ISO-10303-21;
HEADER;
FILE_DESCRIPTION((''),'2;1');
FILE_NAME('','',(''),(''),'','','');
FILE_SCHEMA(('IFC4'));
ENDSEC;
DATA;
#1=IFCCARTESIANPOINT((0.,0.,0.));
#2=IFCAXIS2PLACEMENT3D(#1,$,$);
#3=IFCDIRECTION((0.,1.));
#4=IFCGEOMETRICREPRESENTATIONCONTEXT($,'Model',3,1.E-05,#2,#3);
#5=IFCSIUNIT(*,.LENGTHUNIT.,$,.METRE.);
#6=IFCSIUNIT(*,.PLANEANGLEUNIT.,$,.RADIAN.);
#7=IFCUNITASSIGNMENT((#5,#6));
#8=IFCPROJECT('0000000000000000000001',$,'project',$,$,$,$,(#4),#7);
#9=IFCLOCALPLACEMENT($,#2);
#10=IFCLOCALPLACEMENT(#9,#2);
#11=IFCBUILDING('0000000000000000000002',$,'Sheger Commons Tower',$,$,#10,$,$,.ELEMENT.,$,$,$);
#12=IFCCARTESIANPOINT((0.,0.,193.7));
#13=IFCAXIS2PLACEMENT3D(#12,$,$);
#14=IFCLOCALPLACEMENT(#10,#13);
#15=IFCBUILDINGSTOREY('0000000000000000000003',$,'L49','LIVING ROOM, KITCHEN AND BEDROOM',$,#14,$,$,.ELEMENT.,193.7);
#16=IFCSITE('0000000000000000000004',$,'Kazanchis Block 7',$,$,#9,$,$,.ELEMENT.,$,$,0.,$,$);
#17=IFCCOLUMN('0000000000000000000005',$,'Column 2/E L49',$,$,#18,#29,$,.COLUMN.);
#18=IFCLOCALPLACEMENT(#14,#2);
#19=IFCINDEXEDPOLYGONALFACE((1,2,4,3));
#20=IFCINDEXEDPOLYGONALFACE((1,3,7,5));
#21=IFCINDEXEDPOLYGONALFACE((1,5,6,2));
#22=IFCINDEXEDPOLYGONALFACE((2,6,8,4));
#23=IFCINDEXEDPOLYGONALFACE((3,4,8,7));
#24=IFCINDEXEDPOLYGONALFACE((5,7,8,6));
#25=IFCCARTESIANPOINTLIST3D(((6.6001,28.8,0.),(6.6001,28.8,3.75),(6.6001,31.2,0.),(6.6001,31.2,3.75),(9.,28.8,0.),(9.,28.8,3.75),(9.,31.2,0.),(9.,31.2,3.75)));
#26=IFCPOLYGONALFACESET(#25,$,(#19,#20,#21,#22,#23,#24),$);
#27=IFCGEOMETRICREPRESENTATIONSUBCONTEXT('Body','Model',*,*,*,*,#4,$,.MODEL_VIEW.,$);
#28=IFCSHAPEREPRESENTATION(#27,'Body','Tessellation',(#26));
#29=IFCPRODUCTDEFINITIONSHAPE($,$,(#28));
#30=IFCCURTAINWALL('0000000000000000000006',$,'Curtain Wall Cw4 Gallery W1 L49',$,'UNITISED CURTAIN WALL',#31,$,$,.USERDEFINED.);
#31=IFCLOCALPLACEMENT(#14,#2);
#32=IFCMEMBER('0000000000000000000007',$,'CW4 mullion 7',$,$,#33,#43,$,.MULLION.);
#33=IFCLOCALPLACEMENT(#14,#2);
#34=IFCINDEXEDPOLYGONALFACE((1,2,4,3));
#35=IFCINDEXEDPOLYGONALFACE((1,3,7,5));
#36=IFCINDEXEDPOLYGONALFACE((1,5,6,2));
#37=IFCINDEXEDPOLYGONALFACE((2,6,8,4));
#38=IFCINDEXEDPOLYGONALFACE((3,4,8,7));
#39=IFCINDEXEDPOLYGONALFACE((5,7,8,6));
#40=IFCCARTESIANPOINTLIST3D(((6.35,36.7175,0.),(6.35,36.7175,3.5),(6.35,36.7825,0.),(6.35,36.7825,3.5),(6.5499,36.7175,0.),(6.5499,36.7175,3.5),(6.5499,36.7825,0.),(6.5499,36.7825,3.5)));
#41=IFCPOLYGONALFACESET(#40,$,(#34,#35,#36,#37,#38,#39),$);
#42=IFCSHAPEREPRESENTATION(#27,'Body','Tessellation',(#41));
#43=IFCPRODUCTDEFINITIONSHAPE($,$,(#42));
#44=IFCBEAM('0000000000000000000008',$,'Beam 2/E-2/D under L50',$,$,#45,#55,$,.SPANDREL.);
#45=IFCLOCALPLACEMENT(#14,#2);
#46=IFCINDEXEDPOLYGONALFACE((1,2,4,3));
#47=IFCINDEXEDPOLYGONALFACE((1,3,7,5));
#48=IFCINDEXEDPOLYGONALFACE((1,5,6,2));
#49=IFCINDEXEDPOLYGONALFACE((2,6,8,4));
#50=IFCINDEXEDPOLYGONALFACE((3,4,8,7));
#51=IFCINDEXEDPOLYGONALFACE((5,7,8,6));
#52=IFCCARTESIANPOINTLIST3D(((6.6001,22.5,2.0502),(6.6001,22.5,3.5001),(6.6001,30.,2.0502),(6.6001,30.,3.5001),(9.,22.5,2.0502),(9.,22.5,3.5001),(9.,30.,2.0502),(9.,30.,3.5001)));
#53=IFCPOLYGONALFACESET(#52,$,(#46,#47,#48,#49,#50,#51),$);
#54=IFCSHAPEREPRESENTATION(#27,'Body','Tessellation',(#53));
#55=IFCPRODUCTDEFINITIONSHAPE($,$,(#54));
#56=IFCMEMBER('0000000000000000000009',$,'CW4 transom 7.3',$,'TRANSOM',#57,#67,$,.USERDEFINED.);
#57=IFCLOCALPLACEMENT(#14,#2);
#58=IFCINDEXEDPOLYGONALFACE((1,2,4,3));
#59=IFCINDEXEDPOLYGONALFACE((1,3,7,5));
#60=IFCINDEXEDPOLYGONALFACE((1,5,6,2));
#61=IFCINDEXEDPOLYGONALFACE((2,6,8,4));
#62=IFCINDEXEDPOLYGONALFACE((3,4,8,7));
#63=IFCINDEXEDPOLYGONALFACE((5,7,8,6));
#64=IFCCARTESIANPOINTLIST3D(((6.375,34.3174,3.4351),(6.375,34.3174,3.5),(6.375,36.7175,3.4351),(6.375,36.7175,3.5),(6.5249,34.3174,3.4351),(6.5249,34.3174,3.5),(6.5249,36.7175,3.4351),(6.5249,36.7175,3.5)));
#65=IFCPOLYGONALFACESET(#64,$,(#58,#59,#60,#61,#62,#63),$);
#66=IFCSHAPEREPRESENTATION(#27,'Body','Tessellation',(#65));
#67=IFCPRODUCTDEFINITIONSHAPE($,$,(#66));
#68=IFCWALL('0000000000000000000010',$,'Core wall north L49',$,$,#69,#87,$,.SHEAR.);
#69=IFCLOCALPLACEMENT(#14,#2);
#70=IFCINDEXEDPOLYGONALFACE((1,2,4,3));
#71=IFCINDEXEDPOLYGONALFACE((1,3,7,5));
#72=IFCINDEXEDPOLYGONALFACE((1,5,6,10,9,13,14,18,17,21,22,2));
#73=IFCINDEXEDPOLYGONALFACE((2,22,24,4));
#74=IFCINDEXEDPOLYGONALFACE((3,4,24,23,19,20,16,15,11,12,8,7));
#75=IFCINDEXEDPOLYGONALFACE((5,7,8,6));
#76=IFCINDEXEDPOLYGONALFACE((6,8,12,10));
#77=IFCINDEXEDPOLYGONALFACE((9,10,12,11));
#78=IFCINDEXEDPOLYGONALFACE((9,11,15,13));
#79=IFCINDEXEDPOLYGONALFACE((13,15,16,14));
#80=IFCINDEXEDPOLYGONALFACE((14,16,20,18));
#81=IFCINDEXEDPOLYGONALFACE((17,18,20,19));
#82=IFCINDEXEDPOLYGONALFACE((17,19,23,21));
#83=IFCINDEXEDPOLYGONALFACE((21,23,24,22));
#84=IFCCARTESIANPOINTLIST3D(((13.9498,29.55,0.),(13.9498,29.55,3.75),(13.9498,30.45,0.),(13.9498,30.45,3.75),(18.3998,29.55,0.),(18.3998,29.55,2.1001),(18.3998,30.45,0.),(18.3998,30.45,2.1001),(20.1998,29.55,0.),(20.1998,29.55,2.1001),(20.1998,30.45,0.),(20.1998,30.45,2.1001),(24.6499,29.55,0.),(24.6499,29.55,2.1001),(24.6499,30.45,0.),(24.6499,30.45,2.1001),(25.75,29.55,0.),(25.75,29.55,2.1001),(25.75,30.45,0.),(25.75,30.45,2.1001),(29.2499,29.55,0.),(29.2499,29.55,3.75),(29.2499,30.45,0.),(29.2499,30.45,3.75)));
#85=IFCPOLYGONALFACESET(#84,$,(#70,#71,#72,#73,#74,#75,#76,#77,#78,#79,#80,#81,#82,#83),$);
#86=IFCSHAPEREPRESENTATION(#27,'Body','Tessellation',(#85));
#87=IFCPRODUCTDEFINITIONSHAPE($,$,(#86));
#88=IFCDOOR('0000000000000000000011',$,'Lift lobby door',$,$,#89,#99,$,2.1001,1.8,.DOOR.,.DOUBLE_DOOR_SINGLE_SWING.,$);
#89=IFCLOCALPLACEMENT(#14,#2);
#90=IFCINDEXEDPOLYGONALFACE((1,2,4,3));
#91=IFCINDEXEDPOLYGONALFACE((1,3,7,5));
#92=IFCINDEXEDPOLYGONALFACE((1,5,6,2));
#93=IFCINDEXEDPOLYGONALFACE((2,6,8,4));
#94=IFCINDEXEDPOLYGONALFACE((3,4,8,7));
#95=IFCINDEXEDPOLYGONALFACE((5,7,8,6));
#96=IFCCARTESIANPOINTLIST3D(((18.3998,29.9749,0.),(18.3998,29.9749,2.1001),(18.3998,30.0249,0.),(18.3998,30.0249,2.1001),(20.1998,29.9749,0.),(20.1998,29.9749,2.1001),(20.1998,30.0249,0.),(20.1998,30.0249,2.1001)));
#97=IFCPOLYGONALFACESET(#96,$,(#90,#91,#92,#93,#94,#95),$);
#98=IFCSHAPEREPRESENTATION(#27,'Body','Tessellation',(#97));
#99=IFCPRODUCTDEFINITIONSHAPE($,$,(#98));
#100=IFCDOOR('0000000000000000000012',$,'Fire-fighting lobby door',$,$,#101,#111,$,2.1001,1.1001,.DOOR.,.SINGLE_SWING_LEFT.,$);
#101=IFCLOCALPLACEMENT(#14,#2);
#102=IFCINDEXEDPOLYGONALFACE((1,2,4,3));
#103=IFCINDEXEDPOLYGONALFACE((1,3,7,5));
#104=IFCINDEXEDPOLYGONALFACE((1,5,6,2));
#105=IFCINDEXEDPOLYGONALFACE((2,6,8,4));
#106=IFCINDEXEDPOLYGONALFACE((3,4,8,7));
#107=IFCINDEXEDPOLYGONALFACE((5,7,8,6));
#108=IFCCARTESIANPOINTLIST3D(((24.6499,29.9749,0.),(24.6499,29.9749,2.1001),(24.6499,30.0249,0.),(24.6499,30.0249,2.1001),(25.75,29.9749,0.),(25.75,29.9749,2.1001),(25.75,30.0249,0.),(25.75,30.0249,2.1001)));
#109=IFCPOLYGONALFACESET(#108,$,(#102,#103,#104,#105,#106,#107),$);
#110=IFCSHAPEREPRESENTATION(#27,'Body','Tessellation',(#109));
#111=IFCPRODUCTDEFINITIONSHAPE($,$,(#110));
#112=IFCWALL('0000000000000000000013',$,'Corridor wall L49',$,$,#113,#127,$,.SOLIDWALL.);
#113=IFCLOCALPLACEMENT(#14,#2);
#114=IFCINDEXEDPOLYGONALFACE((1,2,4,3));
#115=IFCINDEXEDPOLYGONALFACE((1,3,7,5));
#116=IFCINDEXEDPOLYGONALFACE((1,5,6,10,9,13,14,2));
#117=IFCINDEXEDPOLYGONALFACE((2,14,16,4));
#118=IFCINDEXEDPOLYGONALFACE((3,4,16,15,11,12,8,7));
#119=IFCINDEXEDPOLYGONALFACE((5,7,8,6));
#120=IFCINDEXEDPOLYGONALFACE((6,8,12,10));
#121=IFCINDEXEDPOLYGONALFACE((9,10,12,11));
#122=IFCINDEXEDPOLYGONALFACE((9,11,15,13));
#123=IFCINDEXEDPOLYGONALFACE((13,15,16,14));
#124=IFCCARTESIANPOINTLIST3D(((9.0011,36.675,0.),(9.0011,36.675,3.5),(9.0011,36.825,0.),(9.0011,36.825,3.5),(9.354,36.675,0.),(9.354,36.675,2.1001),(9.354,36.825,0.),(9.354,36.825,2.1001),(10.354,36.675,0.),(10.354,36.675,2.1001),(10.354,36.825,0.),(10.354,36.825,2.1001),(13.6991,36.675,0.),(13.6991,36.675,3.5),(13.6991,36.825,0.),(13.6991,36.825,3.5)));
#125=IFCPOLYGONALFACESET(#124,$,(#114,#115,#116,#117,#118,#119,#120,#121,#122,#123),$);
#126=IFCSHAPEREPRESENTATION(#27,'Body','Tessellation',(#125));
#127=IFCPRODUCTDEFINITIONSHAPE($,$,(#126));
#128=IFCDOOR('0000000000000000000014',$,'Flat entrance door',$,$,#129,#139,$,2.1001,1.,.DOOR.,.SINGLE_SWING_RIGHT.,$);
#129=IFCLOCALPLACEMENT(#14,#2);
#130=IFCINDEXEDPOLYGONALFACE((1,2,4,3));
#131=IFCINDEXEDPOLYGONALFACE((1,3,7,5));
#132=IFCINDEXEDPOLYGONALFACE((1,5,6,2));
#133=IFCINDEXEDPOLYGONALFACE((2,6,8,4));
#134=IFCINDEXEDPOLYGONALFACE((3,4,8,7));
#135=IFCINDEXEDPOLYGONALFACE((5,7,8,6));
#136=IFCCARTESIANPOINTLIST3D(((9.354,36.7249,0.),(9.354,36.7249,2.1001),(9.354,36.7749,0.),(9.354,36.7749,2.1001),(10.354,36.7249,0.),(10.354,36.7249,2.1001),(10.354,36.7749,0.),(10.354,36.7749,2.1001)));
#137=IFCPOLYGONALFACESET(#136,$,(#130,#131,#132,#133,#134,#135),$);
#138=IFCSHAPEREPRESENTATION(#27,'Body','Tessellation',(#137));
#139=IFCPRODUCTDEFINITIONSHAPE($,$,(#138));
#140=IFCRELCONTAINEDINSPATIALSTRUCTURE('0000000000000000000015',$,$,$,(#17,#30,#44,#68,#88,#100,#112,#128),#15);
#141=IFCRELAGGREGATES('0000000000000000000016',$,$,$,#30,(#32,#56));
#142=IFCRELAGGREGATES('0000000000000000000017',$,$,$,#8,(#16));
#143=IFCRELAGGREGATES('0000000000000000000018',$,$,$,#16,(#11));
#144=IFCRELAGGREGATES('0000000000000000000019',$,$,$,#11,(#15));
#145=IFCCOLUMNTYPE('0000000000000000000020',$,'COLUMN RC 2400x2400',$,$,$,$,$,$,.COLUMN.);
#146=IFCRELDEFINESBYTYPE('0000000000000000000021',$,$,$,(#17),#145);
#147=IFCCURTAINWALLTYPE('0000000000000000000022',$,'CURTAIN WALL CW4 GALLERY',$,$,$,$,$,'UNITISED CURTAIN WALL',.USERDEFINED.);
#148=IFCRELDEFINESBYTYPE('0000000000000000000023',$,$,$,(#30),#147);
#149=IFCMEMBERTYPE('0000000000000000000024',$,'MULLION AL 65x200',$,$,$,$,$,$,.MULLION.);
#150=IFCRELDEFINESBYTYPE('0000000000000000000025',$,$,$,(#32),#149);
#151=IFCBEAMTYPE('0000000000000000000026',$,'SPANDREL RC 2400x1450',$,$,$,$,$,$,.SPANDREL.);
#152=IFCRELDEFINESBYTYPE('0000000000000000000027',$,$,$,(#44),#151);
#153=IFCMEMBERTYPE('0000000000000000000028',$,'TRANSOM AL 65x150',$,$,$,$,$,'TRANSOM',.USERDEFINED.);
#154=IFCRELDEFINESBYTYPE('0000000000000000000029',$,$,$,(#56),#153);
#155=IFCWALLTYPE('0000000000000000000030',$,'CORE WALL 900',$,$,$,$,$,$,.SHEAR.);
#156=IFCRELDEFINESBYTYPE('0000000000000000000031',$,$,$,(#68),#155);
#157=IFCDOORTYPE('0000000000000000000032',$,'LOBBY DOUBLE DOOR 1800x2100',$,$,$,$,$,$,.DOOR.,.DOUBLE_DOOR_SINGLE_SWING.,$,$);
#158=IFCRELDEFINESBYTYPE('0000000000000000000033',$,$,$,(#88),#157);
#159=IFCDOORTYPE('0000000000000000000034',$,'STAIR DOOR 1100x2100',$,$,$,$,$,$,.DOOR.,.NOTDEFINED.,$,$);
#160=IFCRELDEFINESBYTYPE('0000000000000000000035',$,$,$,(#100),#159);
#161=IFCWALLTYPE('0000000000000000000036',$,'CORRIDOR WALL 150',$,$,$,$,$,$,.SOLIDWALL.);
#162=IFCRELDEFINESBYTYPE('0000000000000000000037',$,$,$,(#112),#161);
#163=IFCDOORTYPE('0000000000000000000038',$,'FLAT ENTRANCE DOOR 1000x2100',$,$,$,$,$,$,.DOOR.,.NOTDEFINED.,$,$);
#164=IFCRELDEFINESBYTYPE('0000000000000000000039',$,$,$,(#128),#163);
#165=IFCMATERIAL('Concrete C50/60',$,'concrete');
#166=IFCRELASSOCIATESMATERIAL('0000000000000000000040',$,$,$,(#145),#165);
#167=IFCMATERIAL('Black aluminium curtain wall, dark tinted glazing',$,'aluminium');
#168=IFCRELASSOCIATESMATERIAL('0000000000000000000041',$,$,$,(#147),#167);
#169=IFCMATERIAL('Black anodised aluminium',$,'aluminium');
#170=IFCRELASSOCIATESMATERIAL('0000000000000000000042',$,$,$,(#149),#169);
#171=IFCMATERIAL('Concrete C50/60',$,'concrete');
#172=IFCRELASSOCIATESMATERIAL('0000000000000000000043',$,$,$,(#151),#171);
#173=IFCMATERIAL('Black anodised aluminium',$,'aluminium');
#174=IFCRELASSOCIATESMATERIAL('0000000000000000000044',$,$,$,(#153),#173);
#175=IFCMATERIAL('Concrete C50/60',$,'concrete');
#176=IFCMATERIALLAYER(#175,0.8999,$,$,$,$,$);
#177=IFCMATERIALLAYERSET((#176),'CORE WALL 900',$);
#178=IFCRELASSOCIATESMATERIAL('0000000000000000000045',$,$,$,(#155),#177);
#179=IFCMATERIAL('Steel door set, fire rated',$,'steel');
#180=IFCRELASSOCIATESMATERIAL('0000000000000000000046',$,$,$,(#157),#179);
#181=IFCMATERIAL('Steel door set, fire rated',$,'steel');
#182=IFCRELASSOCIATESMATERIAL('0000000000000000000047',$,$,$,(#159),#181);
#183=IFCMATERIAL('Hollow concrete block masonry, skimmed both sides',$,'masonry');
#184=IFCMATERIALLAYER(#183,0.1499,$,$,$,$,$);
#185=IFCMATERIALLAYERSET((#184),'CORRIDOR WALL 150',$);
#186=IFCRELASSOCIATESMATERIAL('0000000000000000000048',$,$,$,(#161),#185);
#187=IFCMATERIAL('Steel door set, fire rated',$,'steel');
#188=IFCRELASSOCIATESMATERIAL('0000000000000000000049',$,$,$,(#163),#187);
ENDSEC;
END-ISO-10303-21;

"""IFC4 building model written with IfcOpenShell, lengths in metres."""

from ifc_helpers import new_model, si_unit, direction, frame, frame_2d, origin, origin_2d, place, context, subcontext, project, spatial, rectangle, extrude, material, layer, layer_set, material_profile, profile_set, type_object, element, fill, aggregate, save


model = new_model("IFC4")

# Units and contexts
model_context = context("Model", 3, precision=1e-05, world=origin(), true_north=direction((0.0, 1.0)))
body_context = subcontext(model_context, "Body", "Model", "MODEL_VIEW")
ifc_project = project(units=[si_unit("LENGTHUNIT", "METRE"), si_unit("PLANEANGLEUNIT", "RADIAN")], contexts=[model_context])

# Site, building, storey
site_placement = place(None, origin())
site = spatial("IfcSite", under=ifc_project, at=site_placement, Name="Kazanchis Block 7", CompositionType="ELEMENT", RefElevation=0.0)
building_placement = place(site_placement, origin())
building = spatial("IfcBuilding", under=site, at=building_placement, Name="Sheger Commons Tower", CompositionType="ELEMENT")
storey_placement = place(building_placement, frame((0.0, 0.0, 193.7)))
storey = spatial("IfcBuildingStorey", under=building, at=storey_placement, Name="L49", Description="LIVING ROOM, KITCHEN AND BEDROOM", CompositionType="ELEMENT", Elevation=193.7)

# Column
ifc_material_1 = material(Name="Concrete C50/60", Category="concrete")
ifc_material_profile_1 = material_profile(ifc_material_1, rectangle(XDim=2.3999, YDim=2.3999, at=origin_2d()), Name="RC 2400x2400")
ifc_profile_set_1 = profile_set([ifc_material_profile_1], Name="Concrete C50/60")
column_type = type_object("IfcColumnType", Name="COLUMN RC 2400x2400", PredefinedType="COLUMN", material=ifc_profile_set_1)
column_placement = place(storey_placement, frame((7.8, 30.0, 0.0), z_axis=(0.0, 0.0, 1.0), x_axis=(1.0, 0.0, 0.0)))
element("IfcColumn", 1, at=column_placement, inside=storey, type_object=column_type, Name="Column 2/E L49", PredefinedType="COLUMN", context=body_context, shape_type="SweptSolid", body=[
    extrude(rectangle(XDim=2.3999, YDim=2.3999, at=origin_2d()), origin(), (0.0, 0.0, 1.0), 3.75),
])

# Curtain wall, member
ifc_material_2 = material(Name="Black aluminium curtain wall, dark tinted glazing", Category="aluminium")
curtain_wall_type = type_object("IfcCurtainWallType", Name="CURTAIN WALL CW4 GALLERY", ElementType="UNITISED CURTAIN WALL", PredefinedType="USERDEFINED", material=ifc_material_2)
curtain_wall_placement = place(storey_placement, origin())
curtain_wall = element("IfcCurtainWall", 2, at=curtain_wall_placement, inside=storey, type_object=curtain_wall_type, Name="Curtain Wall Cw4 Gallery W1 L49", ObjectType="UNITISED CURTAIN WALL", PredefinedType="USERDEFINED")
ifc_material_3 = material(Name="Black anodised aluminium", Category="aluminium")
ifc_material_profile_2 = material_profile(ifc_material_3, rectangle(XDim=0.2, YDim=0.0649, at=origin_2d()), Name="AL 65x200")
ifc_profile_set_2 = profile_set([ifc_material_profile_2], Name="Black anodised aluminium")
member_type_1 = type_object("IfcMemberType", Name="MULLION AL 65x200", PredefinedType="MULLION", material=ifc_profile_set_2)
member_1_placement = place(storey_placement, frame((6.45, 36.75, 0.0), z_axis=(0.0, 0.0, 1.0), x_axis=(1.0, 0.0, 0.0)))
member_1 = element("IfcMember", 3, at=member_1_placement, type_object=member_type_1, Name="CW4 mullion 7", PredefinedType="MULLION", context=body_context, shape_type="SweptSolid", body=[
    extrude(rectangle(XDim=0.2, YDim=0.0649, at=origin_2d()), origin(), (0.0, 0.0, 1.0), 3.5),
])

# Beam
ifc_material_4 = material(Name="Concrete C50/60", Category="concrete")
ifc_material_profile_3 = material_profile(ifc_material_4, rectangle(XDim=2.3999, YDim=1.45, at=origin_2d()), Name="RC 2400x1450")
ifc_profile_set_3 = profile_set([ifc_material_profile_3], Name="Concrete C50/60")
beam_type = type_object("IfcBeamType", Name="SPANDREL RC 2400x1450", PredefinedType="SPANDREL", material=ifc_profile_set_3)
beam_placement = place(storey_placement, frame((7.8, 30.0, 2.7751), z_axis=(0.0, -1.0, 0.0), x_axis=(1.0, 0.0, 0.0)))
element("IfcBeam", 4, at=beam_placement, inside=storey, type_object=beam_type, Name="Beam 2/E-2/D under L50", PredefinedType="SPANDREL", context=body_context, shape_type="SweptSolid", body=[
    extrude(rectangle(XDim=2.3999, YDim=1.45, at=origin_2d()), origin(), (0.0, 0.0, 1.0), 7.5),
])

# Member
ifc_material_5 = material(Name="Black anodised aluminium", Category="aluminium")
ifc_material_profile_4 = material_profile(ifc_material_5, rectangle(XDim=0.1499, YDim=0.0649, at=origin_2d()), Name="AL 65x150")
ifc_profile_set_4 = profile_set([ifc_material_profile_4], Name="Black anodised aluminium")
member_type_2 = type_object("IfcMemberType", Name="TRANSOM AL 65x150", ElementType="TRANSOM", PredefinedType="USERDEFINED", material=ifc_profile_set_4)
member_2_placement = place(storey_placement, frame((6.45, 36.7175, 3.4675), z_axis=(0.0, -1.0, 0.0), x_axis=(1.0, 0.0, 0.0)))
member_2 = element("IfcMember", 5, at=member_2_placement, type_object=member_type_2, Name="CW4 transom 7.3", ObjectType="TRANSOM", PredefinedType="USERDEFINED", context=body_context, shape_type="SweptSolid", body=[
    extrude(rectangle(XDim=0.1499, YDim=0.0649, at=origin_2d()), origin(), (0.0, 0.0, 1.0), 2.4001),
])
aggregate(curtain_wall, [member_1, member_2])

# Wall, openings, doors
ifc_material_6 = material(Name="Concrete C50/60", Category="concrete")
ifc_layer_1 = layer(ifc_material_6, 0.8999)
ifc_layer_set_1 = layer_set([ifc_layer_1], Name="CORE WALL 900")
wall_type_1 = type_object("IfcWallType", Name="CORE WALL 900", PredefinedType="SHEAR", material=ifc_layer_set_1)
wall_1_placement = place(storey_placement, frame((13.95, 30.0, 0.0), z_axis=(0.0, 0.0, 1.0), x_axis=(1.0, 0.0, 0.0)))
wall_1 = element("IfcWall", 6, at=wall_1_placement, inside=storey, type_object=wall_type_1, Name="Core wall north L49", PredefinedType="SHEAR", context=body_context, shape_type="SweptSolid", body=[
    extrude(rectangle(XDim=15.3, YDim=0.8999, at=frame_2d((7.6499, 0.0))), origin(), (0.0, 0.0, 1.0), 3.75),
])
opening_1_placement = place(wall_1_placement, frame((4.45, 0.0, 0.0)))
opening_1 = element("IfcOpeningElement", 7, at=opening_1_placement, cuts=wall_1, PredefinedType="OPENING", context=body_context, shape_type="SweptSolid", body=[
    extrude(rectangle(XDim=1.8, YDim=2.1001, at=frame_2d((0.8999, 1.05))), frame((0.0, 0.46, 0.0), z_axis=(0.0, -1.0, 0.0), x_axis=(1.0, 0.0, 0.0)), (0.0, 0.0, 1.0), 0.9199),
])
opening_2_placement = place(wall_1_placement, frame((10.7, 0.0, 0.0)))
opening_2 = element("IfcOpeningElement", 8, at=opening_2_placement, cuts=wall_1, PredefinedType="OPENING", context=body_context, shape_type="SweptSolid", body=[
    extrude(rectangle(XDim=1.1001, YDim=2.1001, at=frame_2d((0.55, 1.05))), frame((0.0, 0.46, 0.0), z_axis=(0.0, -1.0, 0.0), x_axis=(1.0, 0.0, 0.0)), (0.0, 0.0, 1.0), 0.9199),
])
ifc_material_7 = material(Name="Steel door set, fire rated", Category="steel")
door_type_1 = type_object("IfcDoorType", Name="LOBBY DOUBLE DOOR 1800x2100", OperationType="DOUBLE_DOOR_SINGLE_SWING", PredefinedType="DOOR", material=ifc_material_7)
door_1_placement = place(opening_1_placement, origin())
door_1 = element("IfcDoor", 9, at=door_1_placement, inside=storey, type_object=door_type_1, Name="Lift lobby door", OperationType="DOUBLE_DOOR_SINGLE_SWING", OverallHeight=2.1001, OverallWidth=1.8, PredefinedType="DOOR", context=body_context, shape_type="SweptSolid", body=[
    extrude(rectangle(XDim=1.8, YDim=2.1001, at=frame_2d((0.8999, 1.05))), frame((0.0, 0.0249, 0.0), z_axis=(0.0, -1.0, 0.0), x_axis=(1.0, 0.0, 0.0)), (0.0, 0.0, 1.0), 0.05),
])
fill(opening_1, door_1)
ifc_material_8 = material(Name="Steel door set, fire rated", Category="steel")
door_type_2 = type_object("IfcDoorType", Name="STAIR DOOR 1100x2100", OperationType="NOTDEFINED", PredefinedType="DOOR", material=ifc_material_8)
door_2_placement = place(opening_2_placement, origin())
door_2 = element("IfcDoor", 10, at=door_2_placement, inside=storey, type_object=door_type_2, Name="Fire-fighting lobby door", OperationType="SINGLE_SWING_LEFT", OverallHeight=2.1001, OverallWidth=1.1001, PredefinedType="DOOR", context=body_context, shape_type="SweptSolid", body=[
    extrude(rectangle(XDim=1.1001, YDim=2.1001, at=frame_2d((0.55, 1.05))), frame((0.0, 0.0249, 0.0), z_axis=(0.0, -1.0, 0.0), x_axis=(1.0, 0.0, 0.0)), (0.0, 0.0, 1.0), 0.05),
])
fill(opening_2, door_2)

# Wall, opening, door
ifc_material_9 = material(Name="Hollow concrete block masonry, skimmed both sides", Category="masonry")
ifc_layer_2 = layer(ifc_material_9, 0.1499)
ifc_layer_set_2 = layer_set([ifc_layer_2], Name="CORRIDOR WALL 150")
wall_type_2 = type_object("IfcWallType", Name="CORRIDOR WALL 150", PredefinedType="SOLIDWALL", material=ifc_layer_set_2)
wall_2_placement = place(storey_placement, frame((9.001, 36.75, 0.0), z_axis=(0.0, 0.0, 1.0), x_axis=(1.0, 0.0, 0.0)))
wall_2 = element("IfcWall", 11, at=wall_2_placement, inside=storey, type_object=wall_type_2, Name="Corridor wall L49", PredefinedType="SOLIDWALL", context=body_context, shape_type="SweptSolid", body=[
    extrude(rectangle(XDim=4.698, YDim=0.1499, at=frame_2d((2.3491, 0.0))), origin(), (0.0, 0.0, 1.0), 3.5),
])
opening_3_placement = place(wall_2_placement, frame((0.353, 0.0, 0.0)))
opening_3 = element("IfcOpeningElement", 12, at=opening_3_placement, cuts=wall_2, PredefinedType="OPENING", context=body_context, shape_type="SweptSolid", body=[
    extrude(rectangle(XDim=1.0, YDim=2.1001, at=frame_2d((0.5, 1.05))), frame((0.0, 0.085, 0.0), z_axis=(0.0, -1.0, 0.0), x_axis=(1.0, 0.0, 0.0)), (0.0, 0.0, 1.0), 0.1699),
])
ifc_material_10 = material(Name="Steel door set, fire rated", Category="steel")
door_type_3 = type_object("IfcDoorType", Name="FLAT ENTRANCE DOOR 1000x2100", OperationType="NOTDEFINED", PredefinedType="DOOR", material=ifc_material_10)
door_3_placement = place(opening_3_placement, origin())
door_3 = element("IfcDoor", 13, at=door_3_placement, inside=storey, type_object=door_type_3, Name="Flat entrance door", OperationType="SINGLE_SWING_RIGHT", OverallHeight=2.1001, OverallWidth=1.0, PredefinedType="DOOR", context=body_context, shape_type="SweptSolid", body=[
    extrude(rectangle(XDim=1.0, YDim=2.1001, at=frame_2d((0.5, 1.05))), frame((0.0, 0.0249, 0.0), z_axis=(0.0, -1.0, 0.0), x_axis=(1.0, 0.0, 0.0)), (0.0, 0.0, 1.0), 0.05),
])
fill(opening_3, door_3)

save(model, "model.ifc")
